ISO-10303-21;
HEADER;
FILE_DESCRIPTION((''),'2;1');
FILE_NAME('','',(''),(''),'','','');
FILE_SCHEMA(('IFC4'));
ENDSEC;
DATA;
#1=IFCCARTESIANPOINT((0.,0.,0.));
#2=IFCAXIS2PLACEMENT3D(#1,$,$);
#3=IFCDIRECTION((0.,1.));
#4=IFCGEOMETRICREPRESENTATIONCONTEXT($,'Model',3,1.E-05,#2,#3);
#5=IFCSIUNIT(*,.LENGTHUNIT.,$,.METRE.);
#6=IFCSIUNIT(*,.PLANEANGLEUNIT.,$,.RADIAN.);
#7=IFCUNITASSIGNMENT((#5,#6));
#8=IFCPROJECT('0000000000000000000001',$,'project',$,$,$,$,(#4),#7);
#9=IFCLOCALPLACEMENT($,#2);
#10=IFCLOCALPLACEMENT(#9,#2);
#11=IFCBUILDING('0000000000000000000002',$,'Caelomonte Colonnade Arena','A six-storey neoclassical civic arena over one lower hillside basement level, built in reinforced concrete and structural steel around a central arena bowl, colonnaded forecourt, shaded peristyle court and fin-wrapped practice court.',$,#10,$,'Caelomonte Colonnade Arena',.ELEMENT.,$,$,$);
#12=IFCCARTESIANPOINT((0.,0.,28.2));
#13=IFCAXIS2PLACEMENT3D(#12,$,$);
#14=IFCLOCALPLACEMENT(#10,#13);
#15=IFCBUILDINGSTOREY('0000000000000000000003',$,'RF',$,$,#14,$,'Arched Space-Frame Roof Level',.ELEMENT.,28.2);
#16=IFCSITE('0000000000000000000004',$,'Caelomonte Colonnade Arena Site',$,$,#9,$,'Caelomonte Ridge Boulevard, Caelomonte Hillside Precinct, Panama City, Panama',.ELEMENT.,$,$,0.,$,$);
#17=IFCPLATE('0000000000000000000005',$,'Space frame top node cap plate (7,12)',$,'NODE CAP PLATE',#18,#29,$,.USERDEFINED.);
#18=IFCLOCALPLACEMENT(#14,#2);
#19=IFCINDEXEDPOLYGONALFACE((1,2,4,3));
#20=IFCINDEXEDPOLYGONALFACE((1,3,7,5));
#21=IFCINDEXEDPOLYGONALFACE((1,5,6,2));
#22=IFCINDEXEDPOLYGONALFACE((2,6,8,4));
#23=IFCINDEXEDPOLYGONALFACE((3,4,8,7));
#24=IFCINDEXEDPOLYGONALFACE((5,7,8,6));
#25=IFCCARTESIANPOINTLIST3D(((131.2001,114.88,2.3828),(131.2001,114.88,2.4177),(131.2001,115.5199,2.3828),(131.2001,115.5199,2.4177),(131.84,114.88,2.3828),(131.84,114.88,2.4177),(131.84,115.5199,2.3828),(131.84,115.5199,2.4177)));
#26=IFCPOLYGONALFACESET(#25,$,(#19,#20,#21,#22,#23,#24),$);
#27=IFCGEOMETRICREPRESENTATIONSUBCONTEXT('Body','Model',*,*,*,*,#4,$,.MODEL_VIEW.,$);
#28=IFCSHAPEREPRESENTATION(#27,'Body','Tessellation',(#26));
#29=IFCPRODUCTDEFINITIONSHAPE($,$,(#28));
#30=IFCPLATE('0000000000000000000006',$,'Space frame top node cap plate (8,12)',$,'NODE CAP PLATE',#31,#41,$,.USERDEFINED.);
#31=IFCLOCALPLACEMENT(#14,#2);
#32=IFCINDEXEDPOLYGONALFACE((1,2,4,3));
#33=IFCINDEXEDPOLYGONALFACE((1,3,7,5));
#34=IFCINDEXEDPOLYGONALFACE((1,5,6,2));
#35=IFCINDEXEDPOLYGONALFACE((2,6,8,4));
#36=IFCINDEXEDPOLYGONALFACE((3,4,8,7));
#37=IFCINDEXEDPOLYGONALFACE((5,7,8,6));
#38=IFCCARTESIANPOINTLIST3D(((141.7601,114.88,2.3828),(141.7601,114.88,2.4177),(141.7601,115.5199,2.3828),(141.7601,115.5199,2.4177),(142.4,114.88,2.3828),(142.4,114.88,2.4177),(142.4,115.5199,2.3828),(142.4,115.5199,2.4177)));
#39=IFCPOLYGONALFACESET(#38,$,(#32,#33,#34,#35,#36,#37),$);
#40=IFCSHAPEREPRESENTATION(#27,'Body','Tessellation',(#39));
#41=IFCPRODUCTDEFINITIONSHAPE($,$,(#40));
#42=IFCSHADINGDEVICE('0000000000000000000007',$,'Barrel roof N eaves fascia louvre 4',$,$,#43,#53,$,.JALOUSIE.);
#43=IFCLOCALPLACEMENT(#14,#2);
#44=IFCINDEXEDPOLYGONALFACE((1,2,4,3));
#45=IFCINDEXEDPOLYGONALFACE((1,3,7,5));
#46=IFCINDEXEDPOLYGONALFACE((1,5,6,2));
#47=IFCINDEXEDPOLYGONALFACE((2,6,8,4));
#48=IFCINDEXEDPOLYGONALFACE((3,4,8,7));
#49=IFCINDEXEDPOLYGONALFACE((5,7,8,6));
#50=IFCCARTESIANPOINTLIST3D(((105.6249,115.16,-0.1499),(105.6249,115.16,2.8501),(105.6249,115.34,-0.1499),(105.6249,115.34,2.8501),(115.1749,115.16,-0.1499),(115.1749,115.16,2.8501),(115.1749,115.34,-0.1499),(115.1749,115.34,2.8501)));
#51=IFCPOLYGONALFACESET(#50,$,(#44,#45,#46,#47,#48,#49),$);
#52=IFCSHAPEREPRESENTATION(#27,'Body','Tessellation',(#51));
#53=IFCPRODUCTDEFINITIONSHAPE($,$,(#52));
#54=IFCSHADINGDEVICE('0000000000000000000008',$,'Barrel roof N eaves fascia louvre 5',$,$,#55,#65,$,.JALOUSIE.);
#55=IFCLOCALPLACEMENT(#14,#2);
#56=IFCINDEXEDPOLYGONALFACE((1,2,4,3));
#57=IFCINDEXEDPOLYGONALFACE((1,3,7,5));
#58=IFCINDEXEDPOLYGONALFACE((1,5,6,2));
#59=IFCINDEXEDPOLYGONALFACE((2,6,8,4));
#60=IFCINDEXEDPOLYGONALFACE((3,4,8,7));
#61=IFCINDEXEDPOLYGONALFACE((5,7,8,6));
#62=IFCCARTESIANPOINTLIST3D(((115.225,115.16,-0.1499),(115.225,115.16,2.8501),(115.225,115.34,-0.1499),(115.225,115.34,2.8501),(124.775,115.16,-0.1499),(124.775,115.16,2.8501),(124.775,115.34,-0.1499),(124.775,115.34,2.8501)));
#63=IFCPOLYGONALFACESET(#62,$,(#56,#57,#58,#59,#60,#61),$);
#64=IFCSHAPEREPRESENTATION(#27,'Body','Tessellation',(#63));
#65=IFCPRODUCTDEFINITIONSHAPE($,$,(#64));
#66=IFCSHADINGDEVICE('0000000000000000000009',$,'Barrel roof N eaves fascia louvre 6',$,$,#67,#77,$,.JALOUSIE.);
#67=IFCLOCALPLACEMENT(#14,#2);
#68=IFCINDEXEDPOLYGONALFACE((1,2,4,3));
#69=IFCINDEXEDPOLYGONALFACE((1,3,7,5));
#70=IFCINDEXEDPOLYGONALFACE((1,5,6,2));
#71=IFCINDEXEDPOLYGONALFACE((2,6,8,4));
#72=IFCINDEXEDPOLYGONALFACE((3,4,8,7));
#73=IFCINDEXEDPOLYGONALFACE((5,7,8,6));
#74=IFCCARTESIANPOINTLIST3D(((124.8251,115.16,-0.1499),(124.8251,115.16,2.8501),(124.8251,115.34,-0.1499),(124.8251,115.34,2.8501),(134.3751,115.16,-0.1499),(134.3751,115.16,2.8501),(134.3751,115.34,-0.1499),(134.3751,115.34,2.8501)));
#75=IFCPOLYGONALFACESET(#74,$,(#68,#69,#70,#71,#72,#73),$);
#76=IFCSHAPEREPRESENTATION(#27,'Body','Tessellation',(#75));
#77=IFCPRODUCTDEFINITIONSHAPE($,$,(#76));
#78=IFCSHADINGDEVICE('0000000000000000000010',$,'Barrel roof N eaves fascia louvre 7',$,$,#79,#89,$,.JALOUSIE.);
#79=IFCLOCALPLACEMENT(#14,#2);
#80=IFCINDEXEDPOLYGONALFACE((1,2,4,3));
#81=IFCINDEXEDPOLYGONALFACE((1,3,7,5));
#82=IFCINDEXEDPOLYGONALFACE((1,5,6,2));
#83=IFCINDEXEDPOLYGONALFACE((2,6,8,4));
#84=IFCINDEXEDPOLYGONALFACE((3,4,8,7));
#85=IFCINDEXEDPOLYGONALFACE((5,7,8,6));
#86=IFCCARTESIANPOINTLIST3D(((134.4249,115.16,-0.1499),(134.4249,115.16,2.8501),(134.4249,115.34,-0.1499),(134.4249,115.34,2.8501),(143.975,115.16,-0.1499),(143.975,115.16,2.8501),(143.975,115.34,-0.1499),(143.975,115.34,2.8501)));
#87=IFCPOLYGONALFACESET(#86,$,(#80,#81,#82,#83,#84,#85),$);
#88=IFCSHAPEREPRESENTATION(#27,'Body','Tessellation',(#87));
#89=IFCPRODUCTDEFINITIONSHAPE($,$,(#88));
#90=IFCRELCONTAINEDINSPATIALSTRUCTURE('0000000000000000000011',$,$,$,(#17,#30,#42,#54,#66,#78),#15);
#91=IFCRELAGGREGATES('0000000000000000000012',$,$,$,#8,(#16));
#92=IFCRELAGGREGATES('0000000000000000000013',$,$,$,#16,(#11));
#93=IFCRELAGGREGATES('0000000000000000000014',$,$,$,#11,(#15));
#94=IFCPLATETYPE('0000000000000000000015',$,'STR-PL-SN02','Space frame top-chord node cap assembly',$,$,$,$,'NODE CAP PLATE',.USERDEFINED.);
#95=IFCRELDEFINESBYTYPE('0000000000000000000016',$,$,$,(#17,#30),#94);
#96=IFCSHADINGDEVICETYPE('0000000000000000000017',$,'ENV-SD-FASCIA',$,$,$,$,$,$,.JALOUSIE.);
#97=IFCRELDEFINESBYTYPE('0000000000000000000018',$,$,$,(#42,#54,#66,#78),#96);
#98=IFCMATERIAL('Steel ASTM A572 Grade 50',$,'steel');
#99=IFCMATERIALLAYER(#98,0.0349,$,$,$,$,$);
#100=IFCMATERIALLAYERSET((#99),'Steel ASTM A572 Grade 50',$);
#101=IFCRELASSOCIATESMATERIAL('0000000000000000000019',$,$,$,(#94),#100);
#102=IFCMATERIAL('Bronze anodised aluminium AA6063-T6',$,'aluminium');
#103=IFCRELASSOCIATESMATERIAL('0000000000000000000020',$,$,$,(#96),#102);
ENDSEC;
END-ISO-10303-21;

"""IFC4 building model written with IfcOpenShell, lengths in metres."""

from ifc_helpers import new_model, si_unit, direction, frame, origin, origin_2d, place, context, subcontext, project, spatial, rectangle, extrude, material, layer, layer_set, type_object, element, save


model = new_model("IFC4")

# Units and contexts
model_context = context("Model", 3, precision=1e-05, world=origin(), true_north=direction((0.0, 1.0)))
body_context = subcontext(model_context, "Body", "Model", "MODEL_VIEW")
ifc_project = project(units=[si_unit("LENGTHUNIT", "METRE"), si_unit("PLANEANGLEUNIT", "RADIAN")], contexts=[model_context])

# Site, building, storey
site_placement = place(None, origin())
site = spatial("IfcSite", under=ifc_project, at=site_placement, Name="Caelomonte Colonnade Arena Site", LongName="Caelomonte Ridge Boulevard, Caelomonte Hillside Precinct, Panama City, Panama", CompositionType="ELEMENT", RefElevation=0.0)
building_placement = place(site_placement, origin())
building = spatial("IfcBuilding", under=site, at=building_placement, Name="Caelomonte Colonnade Arena", Description="A six-storey neoclassical civic arena over one lower hillside basement level, built in reinforced concrete and structural steel around a central arena bowl, colonnaded forecourt, shaded peristyle court and fin-wrapped practice court.", LongName="Caelomonte Colonnade Arena", CompositionType="ELEMENT")
storey_placement = place(building_placement, frame((0.0, 0.0, 28.2)))
storey = spatial("IfcBuildingStorey", under=building, at=storey_placement, Name="RF", LongName="Arched Space-Frame Roof Level", CompositionType="ELEMENT", Elevation=28.2)

# Shared definitions
ifc_material_1 = material(Name="Bronze anodised aluminium AA6063-T6", Category="aluminium")

# Plates
ifc_material_2 = material(Name="Steel ASTM A572 Grade 50", Category="steel")
ifc_layer_1 = layer(ifc_material_2, 0.0349)
ifc_layer_set_1 = layer_set([ifc_layer_1], Name="Steel ASTM A572 Grade 50")
plate_type_1 = type_object("IfcPlateType", Name="STR-PL-SN02", Description="Space frame top-chord node cap assembly", ElementType="NODE CAP PLATE", PredefinedType="USERDEFINED", material=ifc_layer_set_1)
for number, where, z_axis, x_axis, name in (
    (1, (131.52, 115.2, 2.3828), (0.0, 0.0, 1.0), (1.0, 0.0, 0.0), "Space frame top node cap plate (7,12)"),
    (2, (142.0801, 115.2, 2.3828), (0.0, 0.0, 1.0), (1.0, 0.0, 0.0), "Space frame top node cap plate (8,12)"),
):
    element("IfcPlate", number, at=place(storey_placement, frame(where, z_axis=z_axis, x_axis=x_axis)), inside=storey, type_object=plate_type_1, Name=name, ObjectType="NODE CAP PLATE", PredefinedType="USERDEFINED", context=body_context, shape_type="SweptSolid", body=[
        extrude(rectangle(XDim=0.6399, YDim=0.6399, at=origin_2d()), origin(), (0.0, 0.0, 1.0), 0.0349),
    ])

# Shading devices
shading_device_type = type_object("IfcShadingDeviceType", Name="ENV-SD-FASCIA", PredefinedType="JALOUSIE", material=ifc_material_1)
for number, where, z_axis, x_axis, name in (
    (3, (110.3999, 115.25, -0.1499), (0.0, 0.0, 1.0), (1.0, 0.0, 0.0), "Barrel roof N eaves fascia louvre 4"),
    (4, (120.0, 115.25, -0.1499), (0.0, 0.0, 1.0), (1.0, 0.0, 0.0), "Barrel roof N eaves fascia louvre 5"),
    (5, (129.6001, 115.25, -0.1499), (0.0, 0.0, 1.0), (1.0, 0.0, 0.0), "Barrel roof N eaves fascia louvre 6"),
    (6, (139.2, 115.25, -0.1499), (0.0, 0.0, 1.0), (1.0, 0.0, 0.0), "Barrel roof N eaves fascia louvre 7"),
):
    element("IfcShadingDevice", number, at=place(storey_placement, frame(where, z_axis=z_axis, x_axis=x_axis)), inside=storey, type_object=shading_device_type, Name=name, PredefinedType="JALOUSIE", context=body_context, shape_type="SweptSolid", body=[
        extrude(rectangle(XDim=9.55, YDim=0.1799, at=origin_2d()), origin(), (0.0, 0.0, 1.0), 3.0),
    ])

save(model, "model.ifc")
